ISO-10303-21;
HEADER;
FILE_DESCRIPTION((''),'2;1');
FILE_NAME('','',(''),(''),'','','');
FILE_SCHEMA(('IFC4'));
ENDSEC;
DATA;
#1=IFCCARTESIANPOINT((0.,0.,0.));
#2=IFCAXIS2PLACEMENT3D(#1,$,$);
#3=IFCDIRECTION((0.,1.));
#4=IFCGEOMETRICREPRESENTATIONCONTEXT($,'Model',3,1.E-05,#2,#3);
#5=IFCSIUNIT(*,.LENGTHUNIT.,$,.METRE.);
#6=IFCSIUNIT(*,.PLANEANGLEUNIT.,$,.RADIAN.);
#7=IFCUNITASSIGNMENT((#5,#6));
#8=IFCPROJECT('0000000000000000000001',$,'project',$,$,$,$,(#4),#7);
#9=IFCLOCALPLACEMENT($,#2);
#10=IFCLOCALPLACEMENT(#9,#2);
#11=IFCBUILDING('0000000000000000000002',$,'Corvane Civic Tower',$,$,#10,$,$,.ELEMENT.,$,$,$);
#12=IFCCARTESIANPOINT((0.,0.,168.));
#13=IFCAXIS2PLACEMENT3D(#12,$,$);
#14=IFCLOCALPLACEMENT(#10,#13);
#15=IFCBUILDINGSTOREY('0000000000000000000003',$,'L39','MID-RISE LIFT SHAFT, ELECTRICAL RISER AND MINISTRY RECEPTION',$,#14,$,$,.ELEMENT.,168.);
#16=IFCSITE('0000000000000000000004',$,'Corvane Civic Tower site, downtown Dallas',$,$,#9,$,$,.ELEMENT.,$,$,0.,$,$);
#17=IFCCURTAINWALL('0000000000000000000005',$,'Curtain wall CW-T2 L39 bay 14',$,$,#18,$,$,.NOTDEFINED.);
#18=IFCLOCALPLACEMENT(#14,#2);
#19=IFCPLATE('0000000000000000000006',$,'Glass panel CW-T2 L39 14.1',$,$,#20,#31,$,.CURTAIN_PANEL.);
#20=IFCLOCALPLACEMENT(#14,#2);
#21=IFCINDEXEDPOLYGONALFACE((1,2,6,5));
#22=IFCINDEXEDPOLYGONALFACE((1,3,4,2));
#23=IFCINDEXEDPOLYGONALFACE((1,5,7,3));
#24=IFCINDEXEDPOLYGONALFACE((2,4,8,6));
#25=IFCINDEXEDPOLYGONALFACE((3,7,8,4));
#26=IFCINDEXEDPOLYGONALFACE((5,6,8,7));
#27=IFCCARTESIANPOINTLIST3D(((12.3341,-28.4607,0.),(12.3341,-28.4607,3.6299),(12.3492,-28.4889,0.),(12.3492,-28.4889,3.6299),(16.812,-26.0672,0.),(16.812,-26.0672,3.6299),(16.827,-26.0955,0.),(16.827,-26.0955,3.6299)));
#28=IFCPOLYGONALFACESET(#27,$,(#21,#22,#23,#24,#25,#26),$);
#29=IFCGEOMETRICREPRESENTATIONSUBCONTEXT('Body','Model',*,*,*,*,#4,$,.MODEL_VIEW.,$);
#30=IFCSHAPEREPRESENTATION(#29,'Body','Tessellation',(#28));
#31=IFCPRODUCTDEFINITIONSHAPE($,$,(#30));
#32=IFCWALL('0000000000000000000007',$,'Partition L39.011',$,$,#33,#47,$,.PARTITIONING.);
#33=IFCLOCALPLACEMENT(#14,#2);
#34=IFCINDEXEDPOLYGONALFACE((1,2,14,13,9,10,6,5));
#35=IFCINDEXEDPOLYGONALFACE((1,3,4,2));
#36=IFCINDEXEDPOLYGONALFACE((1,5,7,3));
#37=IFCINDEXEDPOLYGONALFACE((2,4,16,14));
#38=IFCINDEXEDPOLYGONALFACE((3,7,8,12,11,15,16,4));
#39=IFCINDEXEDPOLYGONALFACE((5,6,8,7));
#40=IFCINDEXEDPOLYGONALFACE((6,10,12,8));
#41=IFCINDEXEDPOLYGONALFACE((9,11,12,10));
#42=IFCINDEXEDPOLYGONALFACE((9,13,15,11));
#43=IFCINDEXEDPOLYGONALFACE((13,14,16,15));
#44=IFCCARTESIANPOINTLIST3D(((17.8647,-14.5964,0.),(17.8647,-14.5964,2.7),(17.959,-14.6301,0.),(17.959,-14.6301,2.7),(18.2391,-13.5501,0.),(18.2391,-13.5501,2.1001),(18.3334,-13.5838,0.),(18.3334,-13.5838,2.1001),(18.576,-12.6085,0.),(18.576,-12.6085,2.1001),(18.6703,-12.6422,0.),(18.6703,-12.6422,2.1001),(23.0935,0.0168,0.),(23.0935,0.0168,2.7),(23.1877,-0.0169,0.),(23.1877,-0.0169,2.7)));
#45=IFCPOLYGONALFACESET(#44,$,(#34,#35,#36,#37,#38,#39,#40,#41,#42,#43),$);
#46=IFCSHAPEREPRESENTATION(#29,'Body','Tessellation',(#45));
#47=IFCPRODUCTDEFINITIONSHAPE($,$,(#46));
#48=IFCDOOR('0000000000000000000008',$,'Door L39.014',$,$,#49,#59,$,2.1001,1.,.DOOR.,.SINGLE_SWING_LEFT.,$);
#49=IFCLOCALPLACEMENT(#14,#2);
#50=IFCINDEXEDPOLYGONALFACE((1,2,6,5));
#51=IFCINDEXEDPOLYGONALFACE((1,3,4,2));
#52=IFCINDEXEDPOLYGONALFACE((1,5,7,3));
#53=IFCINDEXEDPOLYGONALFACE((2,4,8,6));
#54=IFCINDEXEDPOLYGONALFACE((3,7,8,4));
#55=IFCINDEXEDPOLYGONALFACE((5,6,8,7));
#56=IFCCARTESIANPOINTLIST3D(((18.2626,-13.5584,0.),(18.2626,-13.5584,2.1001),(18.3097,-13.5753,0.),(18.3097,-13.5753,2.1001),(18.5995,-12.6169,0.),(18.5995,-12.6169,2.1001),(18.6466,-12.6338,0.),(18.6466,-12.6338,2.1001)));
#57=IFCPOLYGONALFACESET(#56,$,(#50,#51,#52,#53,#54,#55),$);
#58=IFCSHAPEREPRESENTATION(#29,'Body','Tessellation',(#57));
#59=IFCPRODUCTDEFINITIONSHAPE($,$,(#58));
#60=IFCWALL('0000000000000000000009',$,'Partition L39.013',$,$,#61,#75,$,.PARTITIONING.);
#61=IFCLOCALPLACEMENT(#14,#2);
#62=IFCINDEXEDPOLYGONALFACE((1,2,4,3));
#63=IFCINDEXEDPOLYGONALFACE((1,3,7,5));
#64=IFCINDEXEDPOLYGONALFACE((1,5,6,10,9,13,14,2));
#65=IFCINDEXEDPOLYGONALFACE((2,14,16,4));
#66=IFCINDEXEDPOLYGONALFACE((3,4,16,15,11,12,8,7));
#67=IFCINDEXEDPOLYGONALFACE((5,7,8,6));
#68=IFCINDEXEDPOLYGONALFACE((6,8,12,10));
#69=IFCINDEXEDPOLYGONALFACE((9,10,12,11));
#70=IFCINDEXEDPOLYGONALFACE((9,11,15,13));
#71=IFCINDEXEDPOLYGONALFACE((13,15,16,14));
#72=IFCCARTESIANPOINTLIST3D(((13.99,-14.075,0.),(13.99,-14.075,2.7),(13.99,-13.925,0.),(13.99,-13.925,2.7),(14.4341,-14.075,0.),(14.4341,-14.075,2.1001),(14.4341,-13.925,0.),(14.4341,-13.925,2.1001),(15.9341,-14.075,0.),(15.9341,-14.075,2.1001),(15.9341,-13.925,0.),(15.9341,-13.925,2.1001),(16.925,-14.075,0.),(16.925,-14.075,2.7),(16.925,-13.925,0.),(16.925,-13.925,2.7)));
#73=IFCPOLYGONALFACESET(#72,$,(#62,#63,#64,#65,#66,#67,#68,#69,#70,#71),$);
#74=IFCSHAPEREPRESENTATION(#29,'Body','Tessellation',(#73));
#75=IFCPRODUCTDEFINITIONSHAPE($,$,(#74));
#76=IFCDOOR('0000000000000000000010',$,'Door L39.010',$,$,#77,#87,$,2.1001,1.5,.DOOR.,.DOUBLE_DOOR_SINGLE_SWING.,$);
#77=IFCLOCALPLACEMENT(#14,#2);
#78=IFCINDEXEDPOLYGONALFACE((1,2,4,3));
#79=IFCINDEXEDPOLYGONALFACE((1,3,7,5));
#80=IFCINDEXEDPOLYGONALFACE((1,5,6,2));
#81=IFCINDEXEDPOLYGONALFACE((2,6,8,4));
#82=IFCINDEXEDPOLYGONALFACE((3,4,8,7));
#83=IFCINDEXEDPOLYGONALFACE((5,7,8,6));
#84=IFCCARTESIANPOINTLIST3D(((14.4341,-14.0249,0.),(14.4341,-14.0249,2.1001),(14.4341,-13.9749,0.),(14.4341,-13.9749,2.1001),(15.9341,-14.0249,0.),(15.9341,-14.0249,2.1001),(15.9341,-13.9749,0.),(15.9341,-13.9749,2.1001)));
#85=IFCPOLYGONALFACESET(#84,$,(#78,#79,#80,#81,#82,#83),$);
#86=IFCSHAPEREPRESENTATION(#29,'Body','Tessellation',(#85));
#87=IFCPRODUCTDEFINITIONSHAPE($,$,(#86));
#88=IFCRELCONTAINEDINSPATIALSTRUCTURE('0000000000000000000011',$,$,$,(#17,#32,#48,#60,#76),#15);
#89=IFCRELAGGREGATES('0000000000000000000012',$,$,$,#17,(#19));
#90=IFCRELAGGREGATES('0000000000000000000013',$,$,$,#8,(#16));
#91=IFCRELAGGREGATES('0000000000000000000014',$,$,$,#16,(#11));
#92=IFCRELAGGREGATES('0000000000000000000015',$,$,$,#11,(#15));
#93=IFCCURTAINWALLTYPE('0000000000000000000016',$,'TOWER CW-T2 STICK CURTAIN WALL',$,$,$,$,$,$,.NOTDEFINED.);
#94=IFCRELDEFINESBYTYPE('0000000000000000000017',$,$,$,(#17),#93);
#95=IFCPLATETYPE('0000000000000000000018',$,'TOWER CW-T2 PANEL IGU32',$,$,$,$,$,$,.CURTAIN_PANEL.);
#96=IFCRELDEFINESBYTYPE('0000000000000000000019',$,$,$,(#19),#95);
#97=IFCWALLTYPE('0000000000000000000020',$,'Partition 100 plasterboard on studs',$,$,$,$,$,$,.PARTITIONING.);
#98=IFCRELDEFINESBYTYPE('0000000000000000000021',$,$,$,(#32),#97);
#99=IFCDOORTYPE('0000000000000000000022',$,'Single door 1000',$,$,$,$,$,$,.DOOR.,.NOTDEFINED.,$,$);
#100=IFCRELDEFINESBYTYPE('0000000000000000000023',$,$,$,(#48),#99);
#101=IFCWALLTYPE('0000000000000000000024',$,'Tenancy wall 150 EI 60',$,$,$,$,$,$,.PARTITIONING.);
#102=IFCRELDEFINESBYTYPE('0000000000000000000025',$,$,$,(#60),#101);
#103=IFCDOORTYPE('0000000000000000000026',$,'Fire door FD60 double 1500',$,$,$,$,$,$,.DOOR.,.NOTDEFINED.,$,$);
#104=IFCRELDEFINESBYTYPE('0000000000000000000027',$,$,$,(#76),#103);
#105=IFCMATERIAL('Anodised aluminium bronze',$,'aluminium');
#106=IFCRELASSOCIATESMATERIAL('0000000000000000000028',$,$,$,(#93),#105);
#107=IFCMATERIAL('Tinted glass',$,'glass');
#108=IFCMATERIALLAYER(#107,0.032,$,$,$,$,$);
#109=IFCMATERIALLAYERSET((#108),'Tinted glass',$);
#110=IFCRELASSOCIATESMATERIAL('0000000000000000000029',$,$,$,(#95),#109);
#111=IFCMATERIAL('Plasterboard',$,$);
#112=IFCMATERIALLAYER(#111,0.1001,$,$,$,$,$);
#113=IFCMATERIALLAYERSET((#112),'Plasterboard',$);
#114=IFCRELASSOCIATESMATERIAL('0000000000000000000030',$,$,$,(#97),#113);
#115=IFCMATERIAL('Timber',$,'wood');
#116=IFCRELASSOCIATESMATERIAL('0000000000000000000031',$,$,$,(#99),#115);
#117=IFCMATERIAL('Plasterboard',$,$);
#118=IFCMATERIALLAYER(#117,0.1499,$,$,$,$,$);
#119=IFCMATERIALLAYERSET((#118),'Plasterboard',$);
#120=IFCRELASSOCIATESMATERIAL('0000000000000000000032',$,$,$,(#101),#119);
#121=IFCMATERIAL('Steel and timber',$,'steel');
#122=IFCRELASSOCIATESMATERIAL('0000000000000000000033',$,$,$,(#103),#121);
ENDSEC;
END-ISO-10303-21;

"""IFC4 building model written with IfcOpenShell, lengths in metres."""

from ifc_helpers import new_model, si_unit, direction, frame, frame_2d, origin, origin_2d, place, context, subcontext, project, spatial, rectangle, extrude, material, layer, layer_set, type_object, element, fill, aggregate, save


model = new_model("IFC4")

# Units and contexts
model_context = context("Model", 3, precision=1e-05, world=origin(), true_north=direction((0.0, 1.0)))
body_context = subcontext(model_context, "Body", "Model", "MODEL_VIEW")
ifc_project = project(units=[si_unit("LENGTHUNIT", "METRE"), si_unit("PLANEANGLEUNIT", "RADIAN")], contexts=[model_context])

# Site, building, storey
site_placement = place(None, origin())
site = spatial("IfcSite", under=ifc_project, at=site_placement, Name="Corvane Civic Tower site, downtown Dallas", CompositionType="ELEMENT", RefElevation=0.0)
building_placement = place(site_placement, origin())
building = spatial("IfcBuilding", under=site, at=building_placement, Name="Corvane Civic Tower", CompositionType="ELEMENT")
storey_placement = place(building_placement, frame((0.0, 0.0, 168.0)))
storey = spatial("IfcBuildingStorey", under=building, at=storey_placement, Name="L39", Description="MID-RISE LIFT SHAFT, ELECTRICAL RISER AND MINISTRY RECEPTION", CompositionType="ELEMENT", Elevation=168.0)

# Curtain wall
ifc_material_1 = material(Name="Anodised aluminium bronze", Category="aluminium")
curtain_wall_type = type_object("IfcCurtainWallType", Name="TOWER CW-T2 STICK CURTAIN WALL", PredefinedType="NOTDEFINED", material=ifc_material_1)
curtain_wall_1_placement = place(storey_placement, origin())
curtain_wall_1 = element("IfcCurtainWall", 1, at=curtain_wall_1_placement, inside=storey, type_object=curtain_wall_type, Name="Curtain wall CW-T2 L39 bay 14", PredefinedType="NOTDEFINED")

# Shared definitions
ifc_material_2 = material(Name="Tinted glass", Category="glass")
ifc_layer_1 = layer(ifc_material_2, 0.032)
ifc_layer_set_1 = layer_set([ifc_layer_1], Name="Tinted glass")
plate_type = type_object("IfcPlateType", Name="TOWER CW-T2 PANEL IGU32", PredefinedType="CURTAIN_PANEL", material=ifc_layer_set_1)

# Plate
plate_1_placement = place(storey_placement, frame((14.5806, -27.2781, 0.0), z_axis=(0.0, 0.0, 1.0), x_axis=(-0.881922, -0.471395, 0.0)))
plate_1 = element("IfcPlate", 2, at=plate_1_placement, type_object=plate_type, Name="Glass panel CW-T2 L39 14.1", PredefinedType="CURTAIN_PANEL", context=body_context, shape_type="SweptSolid", body=[
    extrude(rectangle(XDim=5.0774, YDim=0.032, at=origin_2d()), origin(), (0.0, 0.0, 1.0), 3.6299),
])
aggregate(curtain_wall_1, [plate_1])

# Walls, openings, doors
ifc_material_3 = material(Name="Plasterboard")
ifc_layer_2 = layer(ifc_material_3, 0.1001)
ifc_layer_set_2 = layer_set([ifc_layer_2], Name="Plasterboard")
wall_type_1 = type_object("IfcWallType", Name="Partition 100 plasterboard on studs", PredefinedType="PARTITIONING", material=ifc_layer_set_2)
wall_1_placement = place(storey_placement, frame((17.9119, -14.6133, 0.0), z_axis=(0.0, 0.0, 1.0), x_axis=(0.336892, 0.941543, 0.0)))
wall_1 = element("IfcWall", 3, at=wall_1_placement, inside=storey, type_object=wall_type_1, Name="Partition L39.011", PredefinedType="PARTITIONING", context=body_context, shape_type="SweptSolid", body=[
    extrude(rectangle(XDim=15.5205, YDim=0.1001, at=frame_2d((7.7603, 0.0))), origin(), (0.0, 0.0, 1.0), 2.7),
])
opening_1_placement = place(wall_1_placement, frame((1.1113, 0.0, 0.0)))
opening_1 = element("IfcOpeningElement", 4, at=opening_1_placement, cuts=wall_1, PredefinedType="OPENING", context=body_context, shape_type="SweptSolid", body=[
    extrude(rectangle(XDim=1.0, YDim=2.1001, at=frame_2d((0.5, 1.05))), frame((0.0, 0.0601, 0.0), z_axis=(0.0, -1.0, 0.0), x_axis=(1.0, 0.0, 0.0)), (0.0, 0.0, 1.0), 0.1201),
])
ifc_material_4 = material(Name="Timber", Category="wood")
door_type_1 = type_object("IfcDoorType", Name="Single door 1000", OperationType="NOTDEFINED", PredefinedType="DOOR", material=ifc_material_4)
door_1_placement = place(opening_1_placement, frame((1.0, 0.0, 0.0), z_axis=(0.0, 0.0, 1.0), x_axis=(-1.0, 0.0, 0.0)))
door_1 = element("IfcDoor", 5, at=door_1_placement, inside=storey, type_object=door_type_1, Name="Door L39.014", OperationType="SINGLE_SWING_LEFT", OverallHeight=2.1001, OverallWidth=1.0, PredefinedType="DOOR", context=body_context, shape_type="SweptSolid", body=[
    extrude(rectangle(XDim=1.0, YDim=2.1001, at=frame_2d((0.5, 1.05))), frame((0.0, 0.0249, 0.0), z_axis=(0.0, -1.0, 0.0), x_axis=(1.0, 0.0, 0.0)), (0.0, 0.0, 1.0), 0.05),
])
fill(opening_1, door_1)
ifc_material_5 = material(Name="Plasterboard")
ifc_layer_3 = layer(ifc_material_5, 0.1499)
ifc_layer_set_3 = layer_set([ifc_layer_3], Name="Plasterboard")
wall_type_2 = type_object("IfcWallType", Name="Tenancy wall 150 EI 60", PredefinedType="PARTITIONING", material=ifc_layer_set_3)
wall_2_placement = place(storey_placement, frame((13.99, -14.0, 0.0), z_axis=(0.0, 0.0, 1.0), x_axis=(1.0, 0.0, 0.0)))
wall_2 = element("IfcWall", 6, at=wall_2_placement, inside=storey, type_object=wall_type_2, Name="Partition L39.013", PredefinedType="PARTITIONING", context=body_context, shape_type="SweptSolid", body=[
    extrude(rectangle(XDim=2.9351, YDim=0.1499, at=frame_2d((1.4675, 0.0))), origin(), (0.0, 0.0, 1.0), 2.7),
])
opening_2_placement = place(wall_2_placement, frame((0.4441, 0.0, 0.0)))
opening_2 = element("IfcOpeningElement", 7, at=opening_2_placement, cuts=wall_2, PredefinedType="OPENING", context=body_context, shape_type="SweptSolid", body=[
    extrude(rectangle(XDim=1.5, YDim=2.1001, at=frame_2d((0.75, 1.05))), frame((0.0, 0.085, 0.0), z_axis=(0.0, -1.0, 0.0), x_axis=(1.0, 0.0, 0.0)), (0.0, 0.0, 1.0), 0.1699),
])
ifc_material_6 = material(Name="Steel and timber", Category="steel")
door_type_2 = type_object("IfcDoorType", Name="Fire door FD60 double 1500", OperationType="NOTDEFINED", PredefinedType="DOOR", material=ifc_material_6)
door_2_placement = place(opening_2_placement, frame((1.5, 0.0, 0.0), z_axis=(0.0, 0.0, 1.0), x_axis=(-1.0, 0.0, 0.0)))
door_2 = element("IfcDoor", 8, at=door_2_placement, inside=storey, type_object=door_type_2, Name="Door L39.010", OperationType="DOUBLE_DOOR_SINGLE_SWING", OverallHeight=2.1001, OverallWidth=1.5, PredefinedType="DOOR", context=body_context, shape_type="SweptSolid", body=[
    extrude(rectangle(XDim=1.5, YDim=2.1001, at=frame_2d((0.75, 1.05))), frame((0.0, 0.0249, 0.0), z_axis=(0.0, -1.0, 0.0), x_axis=(1.0, 0.0, 0.0)), (0.0, 0.0, 1.0), 0.05),
])
fill(opening_2, door_2)

save(model, "model.ifc")
